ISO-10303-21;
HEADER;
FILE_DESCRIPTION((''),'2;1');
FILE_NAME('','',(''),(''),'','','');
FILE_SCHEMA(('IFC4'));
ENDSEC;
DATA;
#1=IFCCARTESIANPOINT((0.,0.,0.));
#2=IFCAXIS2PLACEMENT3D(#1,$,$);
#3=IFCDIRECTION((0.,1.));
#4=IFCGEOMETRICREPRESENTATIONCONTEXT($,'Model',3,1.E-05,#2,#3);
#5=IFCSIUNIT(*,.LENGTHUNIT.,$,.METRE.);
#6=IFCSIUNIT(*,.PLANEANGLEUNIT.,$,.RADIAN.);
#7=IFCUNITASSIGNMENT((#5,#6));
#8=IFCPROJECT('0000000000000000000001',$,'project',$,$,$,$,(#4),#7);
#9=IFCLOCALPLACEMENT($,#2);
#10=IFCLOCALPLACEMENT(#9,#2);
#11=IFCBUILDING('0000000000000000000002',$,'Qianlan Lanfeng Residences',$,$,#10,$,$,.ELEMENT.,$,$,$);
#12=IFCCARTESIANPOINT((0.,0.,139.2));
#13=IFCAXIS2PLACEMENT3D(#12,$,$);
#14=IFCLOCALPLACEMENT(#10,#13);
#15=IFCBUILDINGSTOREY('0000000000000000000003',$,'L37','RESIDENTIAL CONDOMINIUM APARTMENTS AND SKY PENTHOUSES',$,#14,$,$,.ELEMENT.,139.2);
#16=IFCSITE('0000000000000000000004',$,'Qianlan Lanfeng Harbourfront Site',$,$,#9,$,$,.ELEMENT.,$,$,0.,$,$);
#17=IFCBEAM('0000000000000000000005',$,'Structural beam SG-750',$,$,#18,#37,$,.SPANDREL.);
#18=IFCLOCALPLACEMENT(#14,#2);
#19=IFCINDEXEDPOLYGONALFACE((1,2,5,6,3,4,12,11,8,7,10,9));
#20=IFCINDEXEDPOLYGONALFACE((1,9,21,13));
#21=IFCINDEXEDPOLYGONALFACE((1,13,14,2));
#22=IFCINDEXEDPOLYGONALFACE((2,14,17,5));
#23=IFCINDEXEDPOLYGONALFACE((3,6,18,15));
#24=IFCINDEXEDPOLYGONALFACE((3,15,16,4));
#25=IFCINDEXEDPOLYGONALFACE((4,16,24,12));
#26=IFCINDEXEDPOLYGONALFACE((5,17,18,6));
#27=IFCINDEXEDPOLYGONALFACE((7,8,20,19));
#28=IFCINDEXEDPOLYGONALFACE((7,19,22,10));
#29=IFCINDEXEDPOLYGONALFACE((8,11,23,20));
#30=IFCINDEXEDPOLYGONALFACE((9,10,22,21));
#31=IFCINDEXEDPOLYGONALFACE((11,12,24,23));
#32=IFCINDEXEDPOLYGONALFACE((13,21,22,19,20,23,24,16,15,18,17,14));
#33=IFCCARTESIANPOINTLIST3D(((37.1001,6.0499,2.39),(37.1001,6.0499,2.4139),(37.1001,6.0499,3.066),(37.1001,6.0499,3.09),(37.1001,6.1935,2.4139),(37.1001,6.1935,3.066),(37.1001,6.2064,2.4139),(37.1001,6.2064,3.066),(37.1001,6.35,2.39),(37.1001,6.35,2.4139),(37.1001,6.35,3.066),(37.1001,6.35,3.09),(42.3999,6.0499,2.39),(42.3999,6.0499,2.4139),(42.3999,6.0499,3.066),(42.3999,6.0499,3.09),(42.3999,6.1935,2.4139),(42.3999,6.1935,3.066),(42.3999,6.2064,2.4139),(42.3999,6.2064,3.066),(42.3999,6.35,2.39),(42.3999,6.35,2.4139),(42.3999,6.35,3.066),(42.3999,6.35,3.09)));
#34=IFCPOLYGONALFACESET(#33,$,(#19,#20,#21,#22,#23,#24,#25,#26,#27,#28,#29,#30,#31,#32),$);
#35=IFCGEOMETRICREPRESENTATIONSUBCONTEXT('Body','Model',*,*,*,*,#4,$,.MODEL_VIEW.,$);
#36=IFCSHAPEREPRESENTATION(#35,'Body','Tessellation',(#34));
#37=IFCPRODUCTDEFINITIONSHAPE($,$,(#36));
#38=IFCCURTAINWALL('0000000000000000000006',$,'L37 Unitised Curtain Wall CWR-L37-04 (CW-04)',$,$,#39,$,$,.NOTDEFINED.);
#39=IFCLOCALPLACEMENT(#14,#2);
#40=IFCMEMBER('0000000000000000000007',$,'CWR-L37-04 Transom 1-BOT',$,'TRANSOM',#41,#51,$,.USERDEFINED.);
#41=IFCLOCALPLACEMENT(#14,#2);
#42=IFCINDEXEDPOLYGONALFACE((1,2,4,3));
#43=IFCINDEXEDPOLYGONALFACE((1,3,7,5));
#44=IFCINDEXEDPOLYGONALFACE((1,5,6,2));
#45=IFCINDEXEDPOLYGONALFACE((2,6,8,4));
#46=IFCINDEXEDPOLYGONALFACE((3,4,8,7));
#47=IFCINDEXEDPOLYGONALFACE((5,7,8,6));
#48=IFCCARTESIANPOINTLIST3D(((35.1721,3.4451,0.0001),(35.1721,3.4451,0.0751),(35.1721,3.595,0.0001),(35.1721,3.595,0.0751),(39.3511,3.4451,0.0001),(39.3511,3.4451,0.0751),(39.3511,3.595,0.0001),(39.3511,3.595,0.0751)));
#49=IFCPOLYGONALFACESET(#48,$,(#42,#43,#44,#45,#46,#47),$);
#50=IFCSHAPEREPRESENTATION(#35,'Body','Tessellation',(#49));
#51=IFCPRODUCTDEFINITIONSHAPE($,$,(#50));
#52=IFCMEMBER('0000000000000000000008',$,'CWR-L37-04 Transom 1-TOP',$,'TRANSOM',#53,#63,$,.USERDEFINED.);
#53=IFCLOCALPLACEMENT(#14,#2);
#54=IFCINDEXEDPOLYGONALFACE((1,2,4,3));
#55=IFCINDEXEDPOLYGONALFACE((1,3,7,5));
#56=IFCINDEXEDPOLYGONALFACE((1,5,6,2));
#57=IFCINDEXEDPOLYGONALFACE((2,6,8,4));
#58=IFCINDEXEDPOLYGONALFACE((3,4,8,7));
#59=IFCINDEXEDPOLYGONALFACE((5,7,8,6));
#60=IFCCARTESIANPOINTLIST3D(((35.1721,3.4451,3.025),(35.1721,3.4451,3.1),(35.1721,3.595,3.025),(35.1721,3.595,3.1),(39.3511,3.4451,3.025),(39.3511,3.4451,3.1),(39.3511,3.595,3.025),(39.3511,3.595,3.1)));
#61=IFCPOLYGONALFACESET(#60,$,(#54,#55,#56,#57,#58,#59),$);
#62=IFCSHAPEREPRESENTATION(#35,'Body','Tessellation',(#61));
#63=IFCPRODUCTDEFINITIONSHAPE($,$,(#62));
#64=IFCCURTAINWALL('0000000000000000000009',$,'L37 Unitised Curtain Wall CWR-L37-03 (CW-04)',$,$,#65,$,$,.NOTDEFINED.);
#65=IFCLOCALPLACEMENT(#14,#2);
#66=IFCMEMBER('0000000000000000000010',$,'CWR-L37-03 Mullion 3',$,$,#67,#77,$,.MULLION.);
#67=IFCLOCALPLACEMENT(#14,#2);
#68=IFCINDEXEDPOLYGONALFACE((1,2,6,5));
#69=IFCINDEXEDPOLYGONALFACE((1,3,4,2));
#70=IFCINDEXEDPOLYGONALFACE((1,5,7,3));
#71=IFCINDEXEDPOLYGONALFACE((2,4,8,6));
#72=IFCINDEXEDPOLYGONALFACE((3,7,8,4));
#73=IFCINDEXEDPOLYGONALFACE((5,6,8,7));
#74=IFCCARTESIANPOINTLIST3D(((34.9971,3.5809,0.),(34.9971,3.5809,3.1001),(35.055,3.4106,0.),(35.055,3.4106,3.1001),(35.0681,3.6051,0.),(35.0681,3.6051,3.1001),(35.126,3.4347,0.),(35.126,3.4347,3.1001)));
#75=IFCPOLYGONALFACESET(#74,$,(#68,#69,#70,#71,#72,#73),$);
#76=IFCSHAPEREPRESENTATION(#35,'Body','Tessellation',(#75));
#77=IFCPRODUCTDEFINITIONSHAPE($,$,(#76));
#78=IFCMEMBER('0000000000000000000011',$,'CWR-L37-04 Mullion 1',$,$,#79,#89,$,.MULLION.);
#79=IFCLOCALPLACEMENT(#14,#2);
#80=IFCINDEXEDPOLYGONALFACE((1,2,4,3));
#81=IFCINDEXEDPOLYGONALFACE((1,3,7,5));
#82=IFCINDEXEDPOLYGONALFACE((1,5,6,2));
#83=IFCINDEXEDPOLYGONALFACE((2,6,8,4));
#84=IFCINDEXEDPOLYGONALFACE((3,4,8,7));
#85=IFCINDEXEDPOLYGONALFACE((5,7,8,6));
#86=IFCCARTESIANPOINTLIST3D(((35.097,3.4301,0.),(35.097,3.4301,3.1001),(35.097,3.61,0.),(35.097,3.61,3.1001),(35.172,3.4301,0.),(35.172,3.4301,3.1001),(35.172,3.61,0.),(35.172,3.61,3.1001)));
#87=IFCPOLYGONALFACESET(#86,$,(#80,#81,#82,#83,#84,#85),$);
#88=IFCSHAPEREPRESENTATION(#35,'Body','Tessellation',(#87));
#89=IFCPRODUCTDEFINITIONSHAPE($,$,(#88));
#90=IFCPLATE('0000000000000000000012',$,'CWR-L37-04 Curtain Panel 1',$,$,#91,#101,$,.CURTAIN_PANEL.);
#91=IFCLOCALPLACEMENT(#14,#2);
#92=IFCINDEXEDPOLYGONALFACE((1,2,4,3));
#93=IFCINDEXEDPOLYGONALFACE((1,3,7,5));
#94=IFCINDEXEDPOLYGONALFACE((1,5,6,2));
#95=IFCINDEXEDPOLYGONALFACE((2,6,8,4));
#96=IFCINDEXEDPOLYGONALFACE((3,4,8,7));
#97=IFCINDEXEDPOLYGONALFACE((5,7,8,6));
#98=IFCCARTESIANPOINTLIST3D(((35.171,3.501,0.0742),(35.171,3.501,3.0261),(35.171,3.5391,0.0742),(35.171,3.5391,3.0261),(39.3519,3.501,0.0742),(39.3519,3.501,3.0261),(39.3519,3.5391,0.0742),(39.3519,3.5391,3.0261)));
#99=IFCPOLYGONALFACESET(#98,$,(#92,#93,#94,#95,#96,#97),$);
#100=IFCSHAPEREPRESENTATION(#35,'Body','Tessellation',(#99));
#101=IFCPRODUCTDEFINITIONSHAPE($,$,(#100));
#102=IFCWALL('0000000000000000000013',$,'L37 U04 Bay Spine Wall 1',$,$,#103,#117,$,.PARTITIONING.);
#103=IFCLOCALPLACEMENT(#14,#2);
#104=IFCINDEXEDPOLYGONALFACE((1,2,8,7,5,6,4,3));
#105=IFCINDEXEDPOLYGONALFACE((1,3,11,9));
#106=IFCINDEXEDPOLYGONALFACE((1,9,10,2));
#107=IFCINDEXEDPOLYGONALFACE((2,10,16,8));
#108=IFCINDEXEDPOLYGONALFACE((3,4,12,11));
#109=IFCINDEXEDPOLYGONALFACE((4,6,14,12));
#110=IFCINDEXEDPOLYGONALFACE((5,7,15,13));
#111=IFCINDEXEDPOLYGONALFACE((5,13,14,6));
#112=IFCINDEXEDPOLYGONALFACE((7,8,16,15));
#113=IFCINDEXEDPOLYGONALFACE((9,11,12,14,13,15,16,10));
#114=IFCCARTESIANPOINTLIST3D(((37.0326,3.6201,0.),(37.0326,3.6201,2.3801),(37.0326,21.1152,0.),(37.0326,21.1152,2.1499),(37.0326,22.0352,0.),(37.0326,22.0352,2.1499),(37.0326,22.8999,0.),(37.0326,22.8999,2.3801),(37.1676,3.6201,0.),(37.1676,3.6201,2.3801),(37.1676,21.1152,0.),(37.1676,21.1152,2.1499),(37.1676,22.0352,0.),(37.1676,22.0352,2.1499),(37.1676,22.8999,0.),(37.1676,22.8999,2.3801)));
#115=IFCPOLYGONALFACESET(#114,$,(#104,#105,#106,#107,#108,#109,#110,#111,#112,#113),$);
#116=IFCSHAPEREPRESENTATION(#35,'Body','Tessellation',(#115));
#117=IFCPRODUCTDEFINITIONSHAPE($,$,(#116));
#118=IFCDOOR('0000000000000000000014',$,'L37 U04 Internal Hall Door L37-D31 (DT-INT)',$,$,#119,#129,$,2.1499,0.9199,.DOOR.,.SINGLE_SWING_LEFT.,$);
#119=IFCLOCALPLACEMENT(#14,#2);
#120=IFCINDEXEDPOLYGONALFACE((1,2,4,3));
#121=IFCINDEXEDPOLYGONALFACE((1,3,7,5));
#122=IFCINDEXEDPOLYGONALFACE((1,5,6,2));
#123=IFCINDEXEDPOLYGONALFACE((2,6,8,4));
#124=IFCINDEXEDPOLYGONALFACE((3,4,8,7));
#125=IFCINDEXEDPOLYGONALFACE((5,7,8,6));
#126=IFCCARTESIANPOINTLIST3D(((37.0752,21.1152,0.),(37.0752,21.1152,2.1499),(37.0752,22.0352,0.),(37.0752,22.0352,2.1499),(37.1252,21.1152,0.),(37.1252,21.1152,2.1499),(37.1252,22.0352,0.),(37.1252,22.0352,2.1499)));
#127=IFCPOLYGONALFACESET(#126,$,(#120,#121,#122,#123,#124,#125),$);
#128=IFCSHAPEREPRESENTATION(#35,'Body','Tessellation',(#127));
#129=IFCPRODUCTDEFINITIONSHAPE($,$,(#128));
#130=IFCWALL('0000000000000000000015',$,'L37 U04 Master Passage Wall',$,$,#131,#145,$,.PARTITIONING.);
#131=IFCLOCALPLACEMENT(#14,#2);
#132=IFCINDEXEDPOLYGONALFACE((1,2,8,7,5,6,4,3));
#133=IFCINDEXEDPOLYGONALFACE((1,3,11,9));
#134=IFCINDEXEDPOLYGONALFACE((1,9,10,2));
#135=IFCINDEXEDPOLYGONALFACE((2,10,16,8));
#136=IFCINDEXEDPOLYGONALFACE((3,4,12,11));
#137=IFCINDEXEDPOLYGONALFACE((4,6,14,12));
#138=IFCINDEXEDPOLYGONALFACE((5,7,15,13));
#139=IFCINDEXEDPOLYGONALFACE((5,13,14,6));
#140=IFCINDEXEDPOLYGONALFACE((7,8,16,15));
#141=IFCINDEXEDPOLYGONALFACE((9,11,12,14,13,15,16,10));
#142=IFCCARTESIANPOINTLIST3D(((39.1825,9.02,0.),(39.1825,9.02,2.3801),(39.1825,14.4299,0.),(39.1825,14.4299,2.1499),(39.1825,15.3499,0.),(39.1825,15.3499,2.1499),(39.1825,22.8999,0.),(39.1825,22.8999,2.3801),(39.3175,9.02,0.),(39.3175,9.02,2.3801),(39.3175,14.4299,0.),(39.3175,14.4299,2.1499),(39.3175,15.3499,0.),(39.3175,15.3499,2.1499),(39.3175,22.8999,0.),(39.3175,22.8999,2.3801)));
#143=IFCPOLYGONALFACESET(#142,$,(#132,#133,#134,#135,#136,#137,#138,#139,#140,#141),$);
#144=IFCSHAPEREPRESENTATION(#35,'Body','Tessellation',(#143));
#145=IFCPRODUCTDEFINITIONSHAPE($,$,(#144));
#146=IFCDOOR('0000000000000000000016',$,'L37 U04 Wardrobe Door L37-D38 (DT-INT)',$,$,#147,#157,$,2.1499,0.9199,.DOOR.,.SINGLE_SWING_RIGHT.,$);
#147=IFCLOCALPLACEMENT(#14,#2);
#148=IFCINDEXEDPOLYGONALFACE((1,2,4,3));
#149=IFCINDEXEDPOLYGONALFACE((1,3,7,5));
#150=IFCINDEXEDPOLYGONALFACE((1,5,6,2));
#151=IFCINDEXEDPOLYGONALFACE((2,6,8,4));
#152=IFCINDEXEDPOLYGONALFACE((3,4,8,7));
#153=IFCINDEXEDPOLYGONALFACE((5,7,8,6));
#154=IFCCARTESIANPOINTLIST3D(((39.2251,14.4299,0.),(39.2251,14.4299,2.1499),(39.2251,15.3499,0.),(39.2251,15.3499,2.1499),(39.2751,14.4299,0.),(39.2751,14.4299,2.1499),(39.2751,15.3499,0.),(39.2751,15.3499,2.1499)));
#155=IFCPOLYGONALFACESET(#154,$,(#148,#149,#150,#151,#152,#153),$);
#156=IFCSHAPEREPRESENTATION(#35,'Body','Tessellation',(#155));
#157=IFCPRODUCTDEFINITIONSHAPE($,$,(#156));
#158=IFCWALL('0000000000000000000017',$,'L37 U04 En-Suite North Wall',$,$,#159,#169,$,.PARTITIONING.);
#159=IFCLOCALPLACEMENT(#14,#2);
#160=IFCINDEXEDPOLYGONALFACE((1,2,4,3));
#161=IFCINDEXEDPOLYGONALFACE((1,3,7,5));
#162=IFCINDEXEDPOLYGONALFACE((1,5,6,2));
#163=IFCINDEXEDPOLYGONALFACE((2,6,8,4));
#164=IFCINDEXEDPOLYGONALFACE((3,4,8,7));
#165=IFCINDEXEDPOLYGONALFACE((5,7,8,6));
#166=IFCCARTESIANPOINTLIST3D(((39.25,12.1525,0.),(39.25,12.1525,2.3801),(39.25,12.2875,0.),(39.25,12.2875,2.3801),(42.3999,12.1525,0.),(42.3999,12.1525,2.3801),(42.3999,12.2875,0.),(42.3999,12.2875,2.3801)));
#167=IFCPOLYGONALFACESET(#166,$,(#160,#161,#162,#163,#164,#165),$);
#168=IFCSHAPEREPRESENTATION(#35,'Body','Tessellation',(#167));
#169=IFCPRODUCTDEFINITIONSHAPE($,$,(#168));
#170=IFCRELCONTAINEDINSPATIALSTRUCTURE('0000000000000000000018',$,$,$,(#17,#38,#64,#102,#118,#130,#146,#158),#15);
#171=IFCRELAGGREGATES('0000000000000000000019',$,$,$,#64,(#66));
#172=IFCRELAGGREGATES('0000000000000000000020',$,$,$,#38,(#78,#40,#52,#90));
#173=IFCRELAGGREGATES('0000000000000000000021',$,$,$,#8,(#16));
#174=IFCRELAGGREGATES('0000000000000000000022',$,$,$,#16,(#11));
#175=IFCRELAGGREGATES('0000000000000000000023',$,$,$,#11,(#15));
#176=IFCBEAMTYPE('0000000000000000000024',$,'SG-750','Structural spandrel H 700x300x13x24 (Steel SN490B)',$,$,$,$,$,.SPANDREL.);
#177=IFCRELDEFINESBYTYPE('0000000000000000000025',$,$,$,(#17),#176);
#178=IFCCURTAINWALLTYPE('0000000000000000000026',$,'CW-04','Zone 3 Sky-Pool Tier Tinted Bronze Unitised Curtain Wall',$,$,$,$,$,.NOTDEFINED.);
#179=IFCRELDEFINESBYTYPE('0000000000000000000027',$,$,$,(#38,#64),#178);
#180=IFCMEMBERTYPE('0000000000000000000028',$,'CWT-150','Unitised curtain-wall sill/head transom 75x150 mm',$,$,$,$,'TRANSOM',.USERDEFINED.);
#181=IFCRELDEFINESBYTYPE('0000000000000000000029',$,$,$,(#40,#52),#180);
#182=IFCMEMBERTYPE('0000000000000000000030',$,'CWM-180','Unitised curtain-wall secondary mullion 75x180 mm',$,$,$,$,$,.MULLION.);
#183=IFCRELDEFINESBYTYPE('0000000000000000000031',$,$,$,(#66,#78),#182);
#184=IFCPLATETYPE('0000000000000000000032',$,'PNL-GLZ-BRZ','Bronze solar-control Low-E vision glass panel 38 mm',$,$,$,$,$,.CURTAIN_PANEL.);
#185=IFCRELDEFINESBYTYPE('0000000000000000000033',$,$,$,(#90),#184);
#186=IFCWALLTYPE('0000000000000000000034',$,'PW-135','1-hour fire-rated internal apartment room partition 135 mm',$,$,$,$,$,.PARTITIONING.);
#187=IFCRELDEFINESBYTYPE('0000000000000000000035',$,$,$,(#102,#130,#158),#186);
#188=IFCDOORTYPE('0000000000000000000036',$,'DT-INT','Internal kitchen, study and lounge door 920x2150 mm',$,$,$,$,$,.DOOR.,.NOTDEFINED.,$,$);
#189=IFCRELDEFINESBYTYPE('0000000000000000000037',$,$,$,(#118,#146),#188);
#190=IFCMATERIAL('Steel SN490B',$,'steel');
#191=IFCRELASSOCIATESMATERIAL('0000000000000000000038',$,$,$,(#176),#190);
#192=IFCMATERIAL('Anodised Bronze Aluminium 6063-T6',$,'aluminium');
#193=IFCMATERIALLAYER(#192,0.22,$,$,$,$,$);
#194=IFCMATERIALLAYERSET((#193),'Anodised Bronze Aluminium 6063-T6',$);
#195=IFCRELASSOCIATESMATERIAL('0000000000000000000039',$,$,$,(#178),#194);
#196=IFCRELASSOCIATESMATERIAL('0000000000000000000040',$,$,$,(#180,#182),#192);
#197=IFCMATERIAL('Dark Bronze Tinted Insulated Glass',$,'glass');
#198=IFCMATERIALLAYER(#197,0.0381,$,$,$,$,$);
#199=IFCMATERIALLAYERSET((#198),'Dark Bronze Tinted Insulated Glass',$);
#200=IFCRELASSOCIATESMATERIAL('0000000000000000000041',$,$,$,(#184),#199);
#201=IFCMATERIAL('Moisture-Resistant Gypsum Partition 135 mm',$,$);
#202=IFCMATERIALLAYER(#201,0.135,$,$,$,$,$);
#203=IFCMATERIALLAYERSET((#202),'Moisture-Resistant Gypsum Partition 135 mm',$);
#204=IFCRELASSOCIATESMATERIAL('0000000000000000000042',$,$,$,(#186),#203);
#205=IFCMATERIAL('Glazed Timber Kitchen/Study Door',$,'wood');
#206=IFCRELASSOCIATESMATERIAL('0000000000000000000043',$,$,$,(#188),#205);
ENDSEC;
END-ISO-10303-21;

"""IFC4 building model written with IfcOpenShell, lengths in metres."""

from ifc_helpers import new_model, si_unit, direction, frame, frame_2d, origin, origin_2d, place, context, subcontext, project, spatial, rectangle, i_section, extrude, source, transform, mapped, material, layer, layer_set, material_profile, profile_set, type_object, element, fill, aggregate, save


model = new_model("IFC4")

# Units and contexts
model_context = context("Model", 3, precision=1e-05, world=origin(), true_north=direction((0.0, 1.0)))
body_context = subcontext(model_context, "Body", "Model", "MODEL_VIEW")
ifc_project = project(units=[si_unit("LENGTHUNIT", "METRE"), si_unit("PLANEANGLEUNIT", "RADIAN")], contexts=[model_context])

# Site, building, storey
site_placement = place(None, origin())
site = spatial("IfcSite", under=ifc_project, at=site_placement, Name="Qianlan Lanfeng Harbourfront Site", CompositionType="ELEMENT", RefElevation=0.0)
building_placement = place(site_placement, origin())
building = spatial("IfcBuilding", under=site, at=building_placement, Name="Qianlan Lanfeng Residences", CompositionType="ELEMENT")
storey_placement = place(building_placement, frame((0.0, 0.0, 139.2)))
storey = spatial("IfcBuildingStorey", under=building, at=storey_placement, Name="L37", Description="RESIDENTIAL CONDOMINIUM APARTMENTS AND SKY PENTHOUSES", CompositionType="ELEMENT", Elevation=139.2)

# Shared definitions
ifc_material_1 = material(Name="Steel SN490B", Category="steel")

# Beam
ifc_material_profile_1 = material_profile(ifc_material_1, i_section(OverallWidth=0.3, OverallDepth=0.7, WebThickness=0.0129, FlangeThickness=0.0239, at=origin_2d()), Name="H 700x300x13x24")
ifc_profile_set_1 = profile_set([ifc_material_profile_1], Name="Steel SN490B")
beam_type_1 = type_object("IfcBeamType", Name="SG-750", Description="Structural spandrel H 700x300x13x24 (Steel SN490B)", PredefinedType="SPANDREL", material=ifc_profile_set_1)
beam_1_placement = place(storey_placement, frame((37.1001, 6.2, 2.74), z_axis=(1.0, 0.0, 0.0), x_axis=(0.0, 1.0, 0.0)))
element("IfcBeam", 1, at=beam_1_placement, inside=storey, type_object=beam_type_1, Name="Structural beam SG-750", PredefinedType="SPANDREL", context=body_context, shape_type="SweptSolid", body=[
    extrude(i_section(OverallWidth=0.3, OverallDepth=0.7, WebThickness=0.0129, FlangeThickness=0.0239, at=origin_2d()), origin(), (0.0, 0.0, 1.0), 5.2998),
])

# Curtain wall, members
ifc_material_2 = material(Name="Anodised Bronze Aluminium 6063-T6", Category="aluminium")
ifc_layer_1 = layer(ifc_material_2, 0.22)
ifc_layer_set_1 = layer_set([ifc_layer_1], Name="Anodised Bronze Aluminium 6063-T6")
curtain_wall_type = type_object("IfcCurtainWallType", Name="CW-04", Description="Zone 3 Sky-Pool Tier Tinted Bronze Unitised Curtain Wall", PredefinedType="NOTDEFINED", material=ifc_layer_set_1)
curtain_wall_1_placement = place(storey_placement, origin())
curtain_wall_1 = element("IfcCurtainWall", 2, at=curtain_wall_1_placement, inside=storey, type_object=curtain_wall_type, Name="L37 Unitised Curtain Wall CWR-L37-04 (CW-04)", PredefinedType="NOTDEFINED")
ifc_material_profile_2 = material_profile(ifc_material_2, rectangle(XDim=0.075, YDim=0.1499, at=origin_2d()), Name="ALU TRANSOM 75x150")
ifc_profile_set_2 = profile_set([ifc_material_profile_2], Name="Anodised Bronze Aluminium 6063-T6")
member_type_1 = type_object("IfcMemberType", Name="CWT-150", Description="Unitised curtain-wall sill/head transom 75x150 mm", ElementType="TRANSOM", PredefinedType="USERDEFINED", material=ifc_profile_set_2)
shared_shape_1 = source(origin(), body_context, "Body", "SweptSolid", [
    extrude(rectangle(XDim=0.075, YDim=0.1499, at=origin_2d()), origin(), (0.0, 0.0, 1.0), 4.179),
])
member_1_placement = place(storey_placement, frame((35.1721, 3.52, 0.0376), z_axis=(1.0, 0.0, 0.0), x_axis=(0.0, 0.0, 1.0)))
member_1 = element("IfcMember", 3, at=member_1_placement, type_object=member_type_1, Name="CWR-L37-04 Transom 1-BOT", ObjectType="TRANSOM", PredefinedType="USERDEFINED", context=body_context, shape_type="MappedRepresentation", body=[
    mapped(shared_shape_1, transform((0.0, 0.0, 0.0), scale=1.0)),
])
member_2_placement = place(storey_placement, frame((35.1721, 3.52, 3.0625), z_axis=(1.0, 0.0, 0.0), x_axis=(0.0, 0.0, 1.0)))
member_2 = element("IfcMember", 4, at=member_2_placement, type_object=member_type_1, Name="CWR-L37-04 Transom 1-TOP", ObjectType="TRANSOM", PredefinedType="USERDEFINED", context=body_context, shape_type="MappedRepresentation", body=[
    mapped(shared_shape_1, transform((0.0, 0.0, 0.0), scale=1.0)),
])

# Curtain wall, member
curtain_wall_2_placement = place(storey_placement, origin())
curtain_wall_2 = element("IfcCurtainWall", 5, at=curtain_wall_2_placement, inside=storey, type_object=curtain_wall_type, Name="L37 Unitised Curtain Wall CWR-L37-03 (CW-04)", PredefinedType="NOTDEFINED")
ifc_material_profile_3 = material_profile(ifc_material_2, rectangle(XDim=0.075, YDim=0.1799, at=origin_2d()), Name="ALU MULLION 75x180")
ifc_profile_set_3 = profile_set([ifc_material_profile_3], Name="Anodised Bronze Aluminium 6063-T6")
member_type_2 = type_object("IfcMemberType", Name="CWM-180", Description="Unitised curtain-wall secondary mullion 75x180 mm", PredefinedType="MULLION", material=ifc_profile_set_3)
shared_shape_2 = source(origin(), body_context, "Body", "SweptSolid", [
    extrude(rectangle(XDim=0.075, YDim=0.1799, at=origin_2d()), origin(), (0.0, 0.0, 1.0), 3.1001),
])
member_3_placement = place(storey_placement, frame((35.0615, 3.5078, 0.0), z_axis=(0.0, 0.0, 1.0), x_axis=(0.946826, 0.321745, 0.0)))
member_3 = element("IfcMember", 6, at=member_3_placement, type_object=member_type_2, Name="CWR-L37-03 Mullion 3", PredefinedType="MULLION", context=body_context, shape_type="MappedRepresentation", body=[
    mapped(shared_shape_2, transform((0.0, 0.0, 0.0), scale=1.0)),
])
aggregate(curtain_wall_2, [member_3])

# Member
member_4_placement = place(storey_placement, frame((35.1345, 3.52, 0.0), z_axis=(0.0, 0.0, 1.0), x_axis=(1.0, 0.0, 0.0)))
member_4 = element("IfcMember", 7, at=member_4_placement, type_object=member_type_2, Name="CWR-L37-04 Mullion 1", PredefinedType="MULLION", context=body_context, shape_type="MappedRepresentation", body=[
    mapped(shared_shape_2, transform((0.0, 0.0, 0.0), scale=1.0)),
])

# Plate
ifc_material_3 = material(Name="Dark Bronze Tinted Insulated Glass", Category="glass")
ifc_layer_2 = layer(ifc_material_3, 0.0381)
ifc_layer_set_2 = layer_set([ifc_layer_2], Name="Dark Bronze Tinted Insulated Glass")
plate_type = type_object("IfcPlateType", Name="PNL-GLZ-BRZ", Description="Bronze solar-control Low-E vision glass panel 38 mm", PredefinedType="CURTAIN_PANEL", material=ifc_layer_set_2)
shared_shape_3 = source(origin(), body_context, "Body", "SweptSolid", [
    extrude(rectangle(XDim=4.1809, YDim=0.0381, at=origin_2d()), origin(), (0.0, 0.0, 1.0), 2.9519),
])
plate_placement = place(storey_placement, frame((37.2615, 3.52, 0.0742), z_axis=(0.0, 0.0, 1.0), x_axis=(1.0, 0.0, 0.0)))
plate = element("IfcPlate", 8, at=plate_placement, type_object=plate_type, Name="CWR-L37-04 Curtain Panel 1", PredefinedType="CURTAIN_PANEL", context=body_context, shape_type="MappedRepresentation", body=[
    mapped(shared_shape_3, transform((0.0, 0.0, 0.0), scale=1.0)),
])
aggregate(curtain_wall_1, [member_4, member_1, member_2, plate])

# Wall, opening, door
ifc_material_4 = material(Name="Moisture-Resistant Gypsum Partition 135 mm")
ifc_layer_3 = layer(ifc_material_4, 0.135)
ifc_layer_set_3 = layer_set([ifc_layer_3], Name="Moisture-Resistant Gypsum Partition 135 mm")
wall_type = type_object("IfcWallType", Name="PW-135", Description="1-hour fire-rated internal apartment room partition 135 mm", PredefinedType="PARTITIONING", material=ifc_layer_set_3)
wall_1_placement = place(storey_placement, frame((37.1001, 3.6201, 0.0), z_axis=(0.0, 0.0, 1.0), x_axis=(0.0, 1.0, 0.0)))
wall_1 = element("IfcWall", 9, at=wall_1_placement, inside=storey, type_object=wall_type, Name="L37 U04 Bay Spine Wall 1", PredefinedType="PARTITIONING", context=body_context, shape_type="SweptSolid", body=[
    extrude(rectangle(XDim=19.2798, YDim=0.135, at=frame_2d((9.6399, 0.0))), origin(), (0.0, 0.0, 1.0), 2.3801),
])
opening_1_placement = place(wall_1_placement, frame((17.4951, 0.0, 0.0)))
opening_1 = element("IfcOpeningElement", 10, at=opening_1_placement, cuts=wall_1, PredefinedType="OPENING", context=body_context, shape_type="SweptSolid", body=[
    extrude(rectangle(XDim=0.9199, YDim=2.1499, at=frame_2d((0.46, 1.075))), frame((0.0, 0.0776, 0.0), z_axis=(0.0, -1.0, 0.0), x_axis=(1.0, 0.0, 0.0)), (0.0, 0.0, 1.0), 0.155),
])
ifc_material_5 = material(Name="Glazed Timber Kitchen/Study Door", Category="wood")
door_type_1 = type_object("IfcDoorType", Name="DT-INT", Description="Internal kitchen, study and lounge door 920x2150 mm", OperationType="NOTDEFINED", PredefinedType="DOOR", material=ifc_material_5)
door_1_placement = place(opening_1_placement, origin())
door_1 = element("IfcDoor", 11, at=door_1_placement, inside=storey, type_object=door_type_1, Name="L37 U04 Internal Hall Door L37-D31 (DT-INT)", OperationType="SINGLE_SWING_LEFT", OverallHeight=2.1499, OverallWidth=0.9199, PredefinedType="DOOR", context=body_context, shape_type="SweptSolid", body=[
    extrude(rectangle(XDim=0.9199, YDim=2.1499, at=frame_2d((0.46, 1.075))), frame((0.0, 0.0249, 0.0), z_axis=(0.0, -1.0, 0.0), x_axis=(1.0, 0.0, 0.0)), (0.0, 0.0, 1.0), 0.05),
])
fill(opening_1, door_1)

# Wall, opening, door
wall_2_placement = place(storey_placement, frame((39.25, 9.02, 0.0), z_axis=(0.0, 0.0, 1.0), x_axis=(0.0, 1.0, 0.0)))
wall_2 = element("IfcWall", 12, at=wall_2_placement, inside=storey, type_object=wall_type, Name="L37 U04 Master Passage Wall", PredefinedType="PARTITIONING", context=body_context, shape_type="SweptSolid", body=[
    extrude(rectangle(XDim=13.8799, YDim=0.135, at=frame_2d((6.9399, 0.0))), origin(), (0.0, 0.0, 1.0), 2.3801),
])
opening_2_placement = place(wall_2_placement, frame((5.4099, 0.0, 0.0)))
opening_2 = element("IfcOpeningElement", 13, at=opening_2_placement, cuts=wall_2, PredefinedType="OPENING", context=body_context, shape_type="SweptSolid", body=[
    extrude(rectangle(XDim=0.9199, YDim=2.1499, at=frame_2d((0.46, 1.075))), frame((0.0, 0.0776, 0.0), z_axis=(0.0, -1.0, 0.0), x_axis=(1.0, 0.0, 0.0)), (0.0, 0.0, 1.0), 0.155),
])
door_2_placement = place(opening_2_placement, origin())
door_2 = element("IfcDoor", 14, at=door_2_placement, inside=storey, type_object=door_type_1, Name="L37 U04 Wardrobe Door L37-D38 (DT-INT)", OperationType="SINGLE_SWING_RIGHT", OverallHeight=2.1499, OverallWidth=0.9199, PredefinedType="DOOR", context=body_context, shape_type="SweptSolid", body=[
    extrude(rectangle(XDim=0.9199, YDim=2.1499, at=frame_2d((0.46, 1.075))), frame((0.0, 0.0249, 0.0), z_axis=(0.0, -1.0, 0.0), x_axis=(1.0, 0.0, 0.0)), (0.0, 0.0, 1.0), 0.05),
])
fill(opening_2, door_2)

# Wall
wall_3_placement = place(storey_placement, frame((39.25, 12.22, 0.0), z_axis=(0.0, 0.0, 1.0), x_axis=(1.0, 0.0, 0.0)))
element("IfcWall", 15, at=wall_3_placement, inside=storey, type_object=wall_type, Name="L37 U04 En-Suite North Wall", PredefinedType="PARTITIONING", context=body_context, shape_type="SweptSolid", body=[
    extrude(rectangle(XDim=3.1499, YDim=0.135, at=frame_2d((1.575, 0.0))), origin(), (0.0, 0.0, 1.0), 2.3801),
])

save(model, "model.ifc")
